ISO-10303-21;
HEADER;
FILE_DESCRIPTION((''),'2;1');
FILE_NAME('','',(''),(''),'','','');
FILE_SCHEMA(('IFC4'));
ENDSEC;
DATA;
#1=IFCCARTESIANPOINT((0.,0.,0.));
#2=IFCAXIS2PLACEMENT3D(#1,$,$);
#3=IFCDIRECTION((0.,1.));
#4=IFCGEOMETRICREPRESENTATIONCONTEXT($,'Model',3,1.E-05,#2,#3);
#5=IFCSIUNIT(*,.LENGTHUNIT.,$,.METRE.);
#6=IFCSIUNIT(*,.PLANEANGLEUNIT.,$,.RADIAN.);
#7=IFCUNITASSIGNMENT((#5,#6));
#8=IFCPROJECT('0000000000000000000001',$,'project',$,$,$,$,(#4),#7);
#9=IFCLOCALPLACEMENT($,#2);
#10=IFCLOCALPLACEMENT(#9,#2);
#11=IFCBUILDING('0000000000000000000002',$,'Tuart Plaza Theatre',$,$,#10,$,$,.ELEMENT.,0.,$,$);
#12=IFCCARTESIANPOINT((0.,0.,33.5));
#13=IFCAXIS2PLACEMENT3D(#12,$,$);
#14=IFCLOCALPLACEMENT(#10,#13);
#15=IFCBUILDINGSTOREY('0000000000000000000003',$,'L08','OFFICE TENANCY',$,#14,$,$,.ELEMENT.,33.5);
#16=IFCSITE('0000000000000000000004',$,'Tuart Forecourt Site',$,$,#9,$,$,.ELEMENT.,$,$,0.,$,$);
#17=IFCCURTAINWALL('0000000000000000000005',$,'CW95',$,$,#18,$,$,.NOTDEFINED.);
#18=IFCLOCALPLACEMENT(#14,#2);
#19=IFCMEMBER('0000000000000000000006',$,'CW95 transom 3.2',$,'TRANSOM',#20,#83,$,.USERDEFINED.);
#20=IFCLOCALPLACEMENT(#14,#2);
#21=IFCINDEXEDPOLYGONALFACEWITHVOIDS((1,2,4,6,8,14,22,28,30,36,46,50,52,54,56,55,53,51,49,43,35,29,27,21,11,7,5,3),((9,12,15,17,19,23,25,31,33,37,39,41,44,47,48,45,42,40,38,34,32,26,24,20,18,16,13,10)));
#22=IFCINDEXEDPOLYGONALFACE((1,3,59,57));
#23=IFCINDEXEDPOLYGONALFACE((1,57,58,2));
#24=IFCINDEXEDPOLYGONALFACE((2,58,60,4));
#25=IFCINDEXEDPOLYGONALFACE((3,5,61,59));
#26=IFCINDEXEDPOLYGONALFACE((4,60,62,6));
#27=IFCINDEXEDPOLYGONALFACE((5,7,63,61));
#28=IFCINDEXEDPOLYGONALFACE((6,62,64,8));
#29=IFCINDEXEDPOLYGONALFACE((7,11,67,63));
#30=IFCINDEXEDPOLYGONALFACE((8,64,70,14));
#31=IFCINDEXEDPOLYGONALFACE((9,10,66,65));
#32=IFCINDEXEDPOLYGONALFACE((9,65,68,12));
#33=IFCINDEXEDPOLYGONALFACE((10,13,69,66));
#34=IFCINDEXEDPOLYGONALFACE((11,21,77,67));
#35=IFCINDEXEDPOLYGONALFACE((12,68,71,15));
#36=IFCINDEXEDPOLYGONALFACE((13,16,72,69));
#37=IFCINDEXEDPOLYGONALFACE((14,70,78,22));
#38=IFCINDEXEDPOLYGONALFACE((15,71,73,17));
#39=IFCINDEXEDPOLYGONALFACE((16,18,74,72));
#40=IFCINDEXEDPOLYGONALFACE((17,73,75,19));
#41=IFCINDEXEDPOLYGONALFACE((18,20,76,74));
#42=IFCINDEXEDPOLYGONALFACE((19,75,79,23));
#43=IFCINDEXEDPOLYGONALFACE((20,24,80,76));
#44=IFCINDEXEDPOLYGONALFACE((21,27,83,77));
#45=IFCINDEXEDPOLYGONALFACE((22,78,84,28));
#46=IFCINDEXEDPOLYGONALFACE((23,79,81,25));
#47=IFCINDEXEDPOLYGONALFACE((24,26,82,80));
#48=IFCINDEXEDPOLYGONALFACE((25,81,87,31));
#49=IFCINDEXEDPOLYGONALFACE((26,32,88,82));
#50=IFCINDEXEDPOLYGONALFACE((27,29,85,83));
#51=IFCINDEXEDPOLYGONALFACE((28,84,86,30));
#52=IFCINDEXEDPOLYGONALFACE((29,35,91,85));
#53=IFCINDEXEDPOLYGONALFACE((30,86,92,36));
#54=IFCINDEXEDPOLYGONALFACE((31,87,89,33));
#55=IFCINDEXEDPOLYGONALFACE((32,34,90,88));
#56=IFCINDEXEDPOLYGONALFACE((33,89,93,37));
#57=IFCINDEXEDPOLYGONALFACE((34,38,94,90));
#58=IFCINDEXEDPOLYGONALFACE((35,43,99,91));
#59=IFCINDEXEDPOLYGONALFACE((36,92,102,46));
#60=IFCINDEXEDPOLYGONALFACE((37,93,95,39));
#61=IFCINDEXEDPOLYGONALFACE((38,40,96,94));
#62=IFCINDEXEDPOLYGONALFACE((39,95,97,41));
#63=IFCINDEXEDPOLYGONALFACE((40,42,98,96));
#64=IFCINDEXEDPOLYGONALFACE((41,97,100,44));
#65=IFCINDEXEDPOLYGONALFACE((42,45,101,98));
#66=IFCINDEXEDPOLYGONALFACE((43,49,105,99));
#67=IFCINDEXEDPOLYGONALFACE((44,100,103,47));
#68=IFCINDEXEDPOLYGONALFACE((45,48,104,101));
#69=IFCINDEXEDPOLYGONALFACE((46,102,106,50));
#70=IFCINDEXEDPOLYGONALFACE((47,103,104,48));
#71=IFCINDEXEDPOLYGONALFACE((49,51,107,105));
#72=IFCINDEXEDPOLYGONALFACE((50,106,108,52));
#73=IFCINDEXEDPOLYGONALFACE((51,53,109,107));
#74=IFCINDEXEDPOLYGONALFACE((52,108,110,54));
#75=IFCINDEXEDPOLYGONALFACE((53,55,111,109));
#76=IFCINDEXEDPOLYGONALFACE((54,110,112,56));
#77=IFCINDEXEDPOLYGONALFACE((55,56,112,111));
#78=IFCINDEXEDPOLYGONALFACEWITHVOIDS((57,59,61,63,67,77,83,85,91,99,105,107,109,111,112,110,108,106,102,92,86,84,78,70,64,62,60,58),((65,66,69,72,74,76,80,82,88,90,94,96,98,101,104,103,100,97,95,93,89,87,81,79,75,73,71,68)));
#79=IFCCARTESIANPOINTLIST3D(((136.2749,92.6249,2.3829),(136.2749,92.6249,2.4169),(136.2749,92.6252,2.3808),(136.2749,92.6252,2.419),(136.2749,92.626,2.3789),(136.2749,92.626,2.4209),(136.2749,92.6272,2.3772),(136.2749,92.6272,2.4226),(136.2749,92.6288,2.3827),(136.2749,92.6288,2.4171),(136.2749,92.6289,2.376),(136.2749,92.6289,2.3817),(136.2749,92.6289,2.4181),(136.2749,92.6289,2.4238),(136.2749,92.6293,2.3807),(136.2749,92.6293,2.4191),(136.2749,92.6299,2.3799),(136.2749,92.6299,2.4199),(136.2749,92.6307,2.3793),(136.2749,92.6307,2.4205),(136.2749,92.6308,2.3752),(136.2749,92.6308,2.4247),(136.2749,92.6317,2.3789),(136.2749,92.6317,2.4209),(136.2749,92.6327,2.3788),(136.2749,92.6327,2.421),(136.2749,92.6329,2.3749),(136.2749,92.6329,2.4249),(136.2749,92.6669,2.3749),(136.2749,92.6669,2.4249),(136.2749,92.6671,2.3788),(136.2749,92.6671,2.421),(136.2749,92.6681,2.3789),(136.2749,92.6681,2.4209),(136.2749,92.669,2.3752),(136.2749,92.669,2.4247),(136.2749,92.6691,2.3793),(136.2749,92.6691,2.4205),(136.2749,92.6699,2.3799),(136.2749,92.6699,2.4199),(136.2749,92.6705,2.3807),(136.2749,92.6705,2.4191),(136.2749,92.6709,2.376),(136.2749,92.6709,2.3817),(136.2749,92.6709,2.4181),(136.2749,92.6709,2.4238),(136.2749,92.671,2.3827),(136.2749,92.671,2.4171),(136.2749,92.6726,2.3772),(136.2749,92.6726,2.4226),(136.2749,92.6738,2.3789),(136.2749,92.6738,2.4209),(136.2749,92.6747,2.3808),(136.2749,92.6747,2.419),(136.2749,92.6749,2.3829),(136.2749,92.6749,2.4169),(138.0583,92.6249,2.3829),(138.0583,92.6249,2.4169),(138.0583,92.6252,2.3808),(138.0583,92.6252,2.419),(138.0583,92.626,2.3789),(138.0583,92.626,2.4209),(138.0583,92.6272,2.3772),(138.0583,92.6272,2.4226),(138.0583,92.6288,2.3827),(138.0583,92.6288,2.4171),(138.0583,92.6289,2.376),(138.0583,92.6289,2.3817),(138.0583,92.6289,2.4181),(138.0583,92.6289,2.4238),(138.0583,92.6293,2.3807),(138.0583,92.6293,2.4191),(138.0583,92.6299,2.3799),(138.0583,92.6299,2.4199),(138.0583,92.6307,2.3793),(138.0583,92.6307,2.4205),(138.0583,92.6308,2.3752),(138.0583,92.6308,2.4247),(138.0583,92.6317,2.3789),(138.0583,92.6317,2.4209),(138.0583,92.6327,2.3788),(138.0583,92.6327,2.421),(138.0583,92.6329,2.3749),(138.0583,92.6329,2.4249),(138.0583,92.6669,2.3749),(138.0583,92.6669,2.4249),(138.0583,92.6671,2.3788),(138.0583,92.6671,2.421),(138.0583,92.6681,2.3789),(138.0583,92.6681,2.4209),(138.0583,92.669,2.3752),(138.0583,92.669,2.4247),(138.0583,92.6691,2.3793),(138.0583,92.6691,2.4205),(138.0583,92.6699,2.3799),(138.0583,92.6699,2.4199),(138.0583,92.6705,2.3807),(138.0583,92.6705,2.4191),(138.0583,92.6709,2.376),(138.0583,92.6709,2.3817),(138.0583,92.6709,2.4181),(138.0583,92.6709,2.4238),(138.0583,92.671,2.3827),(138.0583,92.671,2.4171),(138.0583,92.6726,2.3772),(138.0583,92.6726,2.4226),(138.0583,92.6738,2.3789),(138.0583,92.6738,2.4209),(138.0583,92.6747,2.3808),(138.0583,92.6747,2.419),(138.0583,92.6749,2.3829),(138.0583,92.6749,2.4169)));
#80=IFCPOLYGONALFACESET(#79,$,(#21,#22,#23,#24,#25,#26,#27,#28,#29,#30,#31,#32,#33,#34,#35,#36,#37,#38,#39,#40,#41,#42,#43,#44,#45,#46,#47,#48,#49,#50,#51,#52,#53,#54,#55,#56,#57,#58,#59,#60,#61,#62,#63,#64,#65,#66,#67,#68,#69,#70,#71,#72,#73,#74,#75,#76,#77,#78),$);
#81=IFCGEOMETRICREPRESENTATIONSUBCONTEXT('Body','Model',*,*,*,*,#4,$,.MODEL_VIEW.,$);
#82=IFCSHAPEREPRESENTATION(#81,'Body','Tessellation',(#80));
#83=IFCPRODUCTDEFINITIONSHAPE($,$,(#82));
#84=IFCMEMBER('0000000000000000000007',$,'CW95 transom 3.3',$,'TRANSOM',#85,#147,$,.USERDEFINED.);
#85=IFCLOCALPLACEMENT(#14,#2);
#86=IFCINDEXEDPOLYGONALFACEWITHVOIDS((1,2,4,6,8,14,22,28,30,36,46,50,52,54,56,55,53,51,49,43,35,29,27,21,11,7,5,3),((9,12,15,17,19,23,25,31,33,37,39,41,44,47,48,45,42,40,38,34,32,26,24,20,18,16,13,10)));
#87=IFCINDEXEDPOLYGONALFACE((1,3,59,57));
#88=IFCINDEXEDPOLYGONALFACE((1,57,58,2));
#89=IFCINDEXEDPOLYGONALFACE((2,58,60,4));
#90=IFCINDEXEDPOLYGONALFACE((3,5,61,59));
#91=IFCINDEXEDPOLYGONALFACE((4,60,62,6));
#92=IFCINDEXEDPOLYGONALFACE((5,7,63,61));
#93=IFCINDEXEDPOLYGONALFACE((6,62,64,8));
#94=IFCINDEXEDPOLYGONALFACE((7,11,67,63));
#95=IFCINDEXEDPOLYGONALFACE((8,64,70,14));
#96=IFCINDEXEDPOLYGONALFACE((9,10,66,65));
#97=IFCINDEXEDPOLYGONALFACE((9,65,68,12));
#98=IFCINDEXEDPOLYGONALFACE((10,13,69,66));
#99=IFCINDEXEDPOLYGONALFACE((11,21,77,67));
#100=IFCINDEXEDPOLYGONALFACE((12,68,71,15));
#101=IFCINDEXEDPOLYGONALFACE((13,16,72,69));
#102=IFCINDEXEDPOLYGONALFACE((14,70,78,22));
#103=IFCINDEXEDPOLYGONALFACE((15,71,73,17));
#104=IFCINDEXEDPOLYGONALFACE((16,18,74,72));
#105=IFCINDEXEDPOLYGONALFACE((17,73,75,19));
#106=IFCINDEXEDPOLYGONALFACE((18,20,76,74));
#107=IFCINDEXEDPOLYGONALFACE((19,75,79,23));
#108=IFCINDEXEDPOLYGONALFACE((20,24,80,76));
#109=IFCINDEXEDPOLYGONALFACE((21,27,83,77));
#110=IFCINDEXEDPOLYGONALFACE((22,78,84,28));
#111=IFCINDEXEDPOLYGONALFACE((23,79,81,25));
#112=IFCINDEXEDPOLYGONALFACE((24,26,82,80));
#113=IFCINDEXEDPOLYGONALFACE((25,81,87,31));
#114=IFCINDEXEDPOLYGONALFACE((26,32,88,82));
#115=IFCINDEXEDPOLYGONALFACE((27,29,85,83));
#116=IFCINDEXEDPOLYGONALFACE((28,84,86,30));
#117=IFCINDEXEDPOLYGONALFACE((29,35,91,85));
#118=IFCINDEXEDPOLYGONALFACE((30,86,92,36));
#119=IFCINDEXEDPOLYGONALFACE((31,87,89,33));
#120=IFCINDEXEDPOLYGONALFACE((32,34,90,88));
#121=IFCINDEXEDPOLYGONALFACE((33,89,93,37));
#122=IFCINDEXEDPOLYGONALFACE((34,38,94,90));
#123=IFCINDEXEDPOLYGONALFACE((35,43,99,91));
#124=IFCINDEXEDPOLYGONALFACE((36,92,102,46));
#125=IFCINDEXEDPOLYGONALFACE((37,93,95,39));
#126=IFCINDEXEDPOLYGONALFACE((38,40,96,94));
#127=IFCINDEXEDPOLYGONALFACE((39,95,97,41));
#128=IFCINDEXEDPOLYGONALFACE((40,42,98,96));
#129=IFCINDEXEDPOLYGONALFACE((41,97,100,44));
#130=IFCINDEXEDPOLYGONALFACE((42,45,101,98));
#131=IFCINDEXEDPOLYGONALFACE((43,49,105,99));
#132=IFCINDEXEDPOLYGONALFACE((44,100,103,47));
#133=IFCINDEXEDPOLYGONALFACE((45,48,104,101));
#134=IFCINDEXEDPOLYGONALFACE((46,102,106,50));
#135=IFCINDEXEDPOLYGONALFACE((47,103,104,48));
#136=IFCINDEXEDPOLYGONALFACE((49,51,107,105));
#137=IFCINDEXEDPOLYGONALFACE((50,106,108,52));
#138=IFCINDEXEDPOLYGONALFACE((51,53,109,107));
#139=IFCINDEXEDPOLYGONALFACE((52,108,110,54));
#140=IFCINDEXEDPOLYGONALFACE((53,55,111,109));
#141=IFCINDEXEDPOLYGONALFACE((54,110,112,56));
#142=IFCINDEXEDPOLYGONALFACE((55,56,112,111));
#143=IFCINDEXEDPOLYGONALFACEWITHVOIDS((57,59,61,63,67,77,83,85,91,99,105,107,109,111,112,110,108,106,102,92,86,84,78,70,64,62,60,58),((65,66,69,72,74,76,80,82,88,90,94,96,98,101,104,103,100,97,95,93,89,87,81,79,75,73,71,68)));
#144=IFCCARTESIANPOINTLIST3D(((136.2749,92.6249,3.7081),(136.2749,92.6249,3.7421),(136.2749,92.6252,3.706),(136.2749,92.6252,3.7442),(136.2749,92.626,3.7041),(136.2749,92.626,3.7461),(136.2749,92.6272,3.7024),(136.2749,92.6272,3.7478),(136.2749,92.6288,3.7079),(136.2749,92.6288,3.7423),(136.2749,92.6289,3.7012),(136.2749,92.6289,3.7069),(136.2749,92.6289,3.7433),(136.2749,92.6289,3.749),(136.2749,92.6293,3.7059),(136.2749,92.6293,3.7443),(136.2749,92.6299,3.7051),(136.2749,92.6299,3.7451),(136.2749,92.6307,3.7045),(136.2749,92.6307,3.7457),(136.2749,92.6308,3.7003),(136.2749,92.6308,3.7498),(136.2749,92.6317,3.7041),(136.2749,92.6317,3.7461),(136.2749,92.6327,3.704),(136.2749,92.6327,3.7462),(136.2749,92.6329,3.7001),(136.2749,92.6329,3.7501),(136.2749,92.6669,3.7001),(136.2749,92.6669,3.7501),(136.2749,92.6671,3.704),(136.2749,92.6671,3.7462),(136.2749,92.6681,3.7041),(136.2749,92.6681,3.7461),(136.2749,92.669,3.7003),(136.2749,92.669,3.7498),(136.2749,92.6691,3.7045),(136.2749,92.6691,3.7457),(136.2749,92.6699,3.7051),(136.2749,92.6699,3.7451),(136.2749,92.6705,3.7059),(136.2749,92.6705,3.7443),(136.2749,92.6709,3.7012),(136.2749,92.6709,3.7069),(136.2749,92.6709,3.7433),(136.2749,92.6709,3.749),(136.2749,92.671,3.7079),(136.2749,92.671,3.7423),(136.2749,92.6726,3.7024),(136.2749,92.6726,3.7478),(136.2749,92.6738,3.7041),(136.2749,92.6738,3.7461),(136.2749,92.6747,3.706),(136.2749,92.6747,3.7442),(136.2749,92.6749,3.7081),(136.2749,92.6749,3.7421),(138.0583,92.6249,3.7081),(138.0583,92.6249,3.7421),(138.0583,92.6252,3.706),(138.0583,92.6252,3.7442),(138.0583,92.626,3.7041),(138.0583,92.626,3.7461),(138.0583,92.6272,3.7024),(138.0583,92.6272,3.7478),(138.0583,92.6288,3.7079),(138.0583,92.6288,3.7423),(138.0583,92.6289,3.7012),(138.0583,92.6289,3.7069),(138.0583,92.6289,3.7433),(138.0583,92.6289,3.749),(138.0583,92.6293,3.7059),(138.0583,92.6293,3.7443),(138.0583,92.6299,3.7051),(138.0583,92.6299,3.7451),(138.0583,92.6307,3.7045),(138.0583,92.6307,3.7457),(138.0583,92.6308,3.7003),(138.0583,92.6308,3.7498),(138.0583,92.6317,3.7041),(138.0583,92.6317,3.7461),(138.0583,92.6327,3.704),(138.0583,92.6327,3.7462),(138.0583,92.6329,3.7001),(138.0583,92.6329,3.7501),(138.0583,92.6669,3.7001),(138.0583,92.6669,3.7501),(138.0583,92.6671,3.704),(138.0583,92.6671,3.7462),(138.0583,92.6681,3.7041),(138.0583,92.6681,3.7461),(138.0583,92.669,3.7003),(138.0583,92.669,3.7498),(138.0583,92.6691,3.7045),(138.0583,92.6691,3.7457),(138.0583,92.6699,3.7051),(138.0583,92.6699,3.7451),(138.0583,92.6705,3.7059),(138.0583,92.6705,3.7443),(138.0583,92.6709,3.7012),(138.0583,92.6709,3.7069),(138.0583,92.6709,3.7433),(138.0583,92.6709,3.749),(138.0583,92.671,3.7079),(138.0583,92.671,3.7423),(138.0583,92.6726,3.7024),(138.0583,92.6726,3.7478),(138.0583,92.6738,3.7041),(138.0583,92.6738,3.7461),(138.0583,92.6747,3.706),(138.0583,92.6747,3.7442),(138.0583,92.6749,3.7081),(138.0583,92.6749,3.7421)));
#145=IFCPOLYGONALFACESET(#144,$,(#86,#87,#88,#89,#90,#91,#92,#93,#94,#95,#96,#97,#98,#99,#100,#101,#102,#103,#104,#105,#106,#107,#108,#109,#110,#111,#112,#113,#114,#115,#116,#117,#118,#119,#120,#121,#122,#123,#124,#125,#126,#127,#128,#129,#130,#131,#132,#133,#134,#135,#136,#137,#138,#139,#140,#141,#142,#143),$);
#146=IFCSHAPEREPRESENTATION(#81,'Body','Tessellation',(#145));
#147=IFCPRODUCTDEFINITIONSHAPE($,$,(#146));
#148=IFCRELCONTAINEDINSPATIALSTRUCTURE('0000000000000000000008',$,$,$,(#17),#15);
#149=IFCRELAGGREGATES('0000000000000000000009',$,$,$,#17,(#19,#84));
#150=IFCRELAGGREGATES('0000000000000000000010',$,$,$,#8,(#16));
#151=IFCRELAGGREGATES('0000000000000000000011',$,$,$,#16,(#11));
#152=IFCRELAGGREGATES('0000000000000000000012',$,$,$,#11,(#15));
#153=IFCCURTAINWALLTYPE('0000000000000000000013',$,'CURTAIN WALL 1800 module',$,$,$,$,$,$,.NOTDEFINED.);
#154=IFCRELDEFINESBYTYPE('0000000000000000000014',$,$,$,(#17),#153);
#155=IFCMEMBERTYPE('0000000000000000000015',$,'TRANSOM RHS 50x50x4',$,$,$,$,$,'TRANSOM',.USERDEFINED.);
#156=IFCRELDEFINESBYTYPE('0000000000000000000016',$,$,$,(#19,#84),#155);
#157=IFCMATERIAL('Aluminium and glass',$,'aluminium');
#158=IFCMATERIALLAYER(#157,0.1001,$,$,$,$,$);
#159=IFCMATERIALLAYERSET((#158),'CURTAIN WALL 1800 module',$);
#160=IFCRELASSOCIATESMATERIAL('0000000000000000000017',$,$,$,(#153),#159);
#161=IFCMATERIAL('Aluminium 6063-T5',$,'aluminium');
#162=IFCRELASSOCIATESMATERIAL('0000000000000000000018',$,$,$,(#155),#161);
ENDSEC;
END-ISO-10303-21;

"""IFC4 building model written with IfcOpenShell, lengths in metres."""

from ifc_helpers import new_model, si_unit, direction, frame, origin, origin_2d, place, context, subcontext, project, spatial, hollow_rectangle, extrude, material, layer, layer_set, material_profile, profile_set, type_object, element, aggregate, save


model = new_model("IFC4")

# Units and contexts
model_context = context("Model", 3, precision=1e-05, world=origin(), true_north=direction((0.0, 1.0)))
body_context = subcontext(model_context, "Body", "Model", "MODEL_VIEW")
ifc_project = project(units=[si_unit("LENGTHUNIT", "METRE"), si_unit("PLANEANGLEUNIT", "RADIAN")], contexts=[model_context])

# Site, building, storey
site_placement = place(None, origin())
site = spatial("IfcSite", under=ifc_project, at=site_placement, Name="Tuart Forecourt Site", CompositionType="ELEMENT", RefElevation=0.0)
building_placement = place(site_placement, origin())
building = spatial("IfcBuilding", under=site, at=building_placement, Name="Tuart Plaza Theatre", CompositionType="ELEMENT", ElevationOfRefHeight=0.0)
storey_placement = place(building_placement, frame((0.0, 0.0, 33.5)))
storey = spatial("IfcBuildingStorey", under=building, at=storey_placement, Name="L08", Description="OFFICE TENANCY", CompositionType="ELEMENT", Elevation=33.5)

# Curtain wall, members
ifc_material_1 = material(Name="Aluminium and glass", Category="aluminium")
ifc_layer_1 = layer(ifc_material_1, 0.1001)
ifc_layer_set_1 = layer_set([ifc_layer_1], Name="CURTAIN WALL 1800 module")
curtain_wall_type = type_object("IfcCurtainWallType", Name="CURTAIN WALL 1800 module", PredefinedType="NOTDEFINED", material=ifc_layer_set_1)
curtain_wall_placement = place(storey_placement, origin())
curtain_wall = element("IfcCurtainWall", 1, at=curtain_wall_placement, inside=storey, type_object=curtain_wall_type, Name="CW95", PredefinedType="NOTDEFINED")
ifc_material_2 = material(Name="Aluminium 6063-T5", Category="aluminium")
ifc_material_profile_1 = material_profile(ifc_material_2, hollow_rectangle(XDim=0.05, YDim=0.05, WallThickness=0.0039, InnerFilletRadius=0.0039, OuterFilletRadius=0.0081, at=origin_2d()), Name="RHS 50x50x4")
ifc_profile_set_1 = profile_set([ifc_material_profile_1], Name="Aluminium 6063-T5")
member_type_1 = type_object("IfcMemberType", Name="TRANSOM RHS 50x50x4", ElementType="TRANSOM", PredefinedType="USERDEFINED", material=ifc_profile_set_1)
member_1_placement = place(storey_placement, frame((138.0583, 92.6499, 2.3999), z_axis=(-1.0, 0.0, 0.0), x_axis=(0.0, -1.0, 0.0)))
member_1 = element("IfcMember", 2, at=member_1_placement, type_object=member_type_1, Name="CW95 transom 3.2", ObjectType="TRANSOM", PredefinedType="USERDEFINED", context=body_context, shape_type="SweptSolid", body=[
    extrude(hollow_rectangle(XDim=0.05, YDim=0.05, WallThickness=0.0039, InnerFilletRadius=0.0039, OuterFilletRadius=0.0081, at=origin_2d()), origin(), (0.0, 0.0, 1.0), 1.7834),
])
member_2_placement = place(storey_placement, frame((138.0583, 92.6499, 3.7251), z_axis=(-1.0, 0.0, 0.0), x_axis=(0.0, -1.0, 0.0)))
member_2 = element("IfcMember", 3, at=member_2_placement, type_object=member_type_1, Name="CW95 transom 3.3", ObjectType="TRANSOM", PredefinedType="USERDEFINED", context=body_context, shape_type="SweptSolid", body=[
    extrude(hollow_rectangle(XDim=0.05, YDim=0.05, WallThickness=0.0039, InnerFilletRadius=0.0039, OuterFilletRadius=0.0081, at=origin_2d()), origin(), (0.0, 0.0, 1.0), 1.7834),
])
aggregate(curtain_wall, [member_1, member_2])

save(model, "model.ifc")
